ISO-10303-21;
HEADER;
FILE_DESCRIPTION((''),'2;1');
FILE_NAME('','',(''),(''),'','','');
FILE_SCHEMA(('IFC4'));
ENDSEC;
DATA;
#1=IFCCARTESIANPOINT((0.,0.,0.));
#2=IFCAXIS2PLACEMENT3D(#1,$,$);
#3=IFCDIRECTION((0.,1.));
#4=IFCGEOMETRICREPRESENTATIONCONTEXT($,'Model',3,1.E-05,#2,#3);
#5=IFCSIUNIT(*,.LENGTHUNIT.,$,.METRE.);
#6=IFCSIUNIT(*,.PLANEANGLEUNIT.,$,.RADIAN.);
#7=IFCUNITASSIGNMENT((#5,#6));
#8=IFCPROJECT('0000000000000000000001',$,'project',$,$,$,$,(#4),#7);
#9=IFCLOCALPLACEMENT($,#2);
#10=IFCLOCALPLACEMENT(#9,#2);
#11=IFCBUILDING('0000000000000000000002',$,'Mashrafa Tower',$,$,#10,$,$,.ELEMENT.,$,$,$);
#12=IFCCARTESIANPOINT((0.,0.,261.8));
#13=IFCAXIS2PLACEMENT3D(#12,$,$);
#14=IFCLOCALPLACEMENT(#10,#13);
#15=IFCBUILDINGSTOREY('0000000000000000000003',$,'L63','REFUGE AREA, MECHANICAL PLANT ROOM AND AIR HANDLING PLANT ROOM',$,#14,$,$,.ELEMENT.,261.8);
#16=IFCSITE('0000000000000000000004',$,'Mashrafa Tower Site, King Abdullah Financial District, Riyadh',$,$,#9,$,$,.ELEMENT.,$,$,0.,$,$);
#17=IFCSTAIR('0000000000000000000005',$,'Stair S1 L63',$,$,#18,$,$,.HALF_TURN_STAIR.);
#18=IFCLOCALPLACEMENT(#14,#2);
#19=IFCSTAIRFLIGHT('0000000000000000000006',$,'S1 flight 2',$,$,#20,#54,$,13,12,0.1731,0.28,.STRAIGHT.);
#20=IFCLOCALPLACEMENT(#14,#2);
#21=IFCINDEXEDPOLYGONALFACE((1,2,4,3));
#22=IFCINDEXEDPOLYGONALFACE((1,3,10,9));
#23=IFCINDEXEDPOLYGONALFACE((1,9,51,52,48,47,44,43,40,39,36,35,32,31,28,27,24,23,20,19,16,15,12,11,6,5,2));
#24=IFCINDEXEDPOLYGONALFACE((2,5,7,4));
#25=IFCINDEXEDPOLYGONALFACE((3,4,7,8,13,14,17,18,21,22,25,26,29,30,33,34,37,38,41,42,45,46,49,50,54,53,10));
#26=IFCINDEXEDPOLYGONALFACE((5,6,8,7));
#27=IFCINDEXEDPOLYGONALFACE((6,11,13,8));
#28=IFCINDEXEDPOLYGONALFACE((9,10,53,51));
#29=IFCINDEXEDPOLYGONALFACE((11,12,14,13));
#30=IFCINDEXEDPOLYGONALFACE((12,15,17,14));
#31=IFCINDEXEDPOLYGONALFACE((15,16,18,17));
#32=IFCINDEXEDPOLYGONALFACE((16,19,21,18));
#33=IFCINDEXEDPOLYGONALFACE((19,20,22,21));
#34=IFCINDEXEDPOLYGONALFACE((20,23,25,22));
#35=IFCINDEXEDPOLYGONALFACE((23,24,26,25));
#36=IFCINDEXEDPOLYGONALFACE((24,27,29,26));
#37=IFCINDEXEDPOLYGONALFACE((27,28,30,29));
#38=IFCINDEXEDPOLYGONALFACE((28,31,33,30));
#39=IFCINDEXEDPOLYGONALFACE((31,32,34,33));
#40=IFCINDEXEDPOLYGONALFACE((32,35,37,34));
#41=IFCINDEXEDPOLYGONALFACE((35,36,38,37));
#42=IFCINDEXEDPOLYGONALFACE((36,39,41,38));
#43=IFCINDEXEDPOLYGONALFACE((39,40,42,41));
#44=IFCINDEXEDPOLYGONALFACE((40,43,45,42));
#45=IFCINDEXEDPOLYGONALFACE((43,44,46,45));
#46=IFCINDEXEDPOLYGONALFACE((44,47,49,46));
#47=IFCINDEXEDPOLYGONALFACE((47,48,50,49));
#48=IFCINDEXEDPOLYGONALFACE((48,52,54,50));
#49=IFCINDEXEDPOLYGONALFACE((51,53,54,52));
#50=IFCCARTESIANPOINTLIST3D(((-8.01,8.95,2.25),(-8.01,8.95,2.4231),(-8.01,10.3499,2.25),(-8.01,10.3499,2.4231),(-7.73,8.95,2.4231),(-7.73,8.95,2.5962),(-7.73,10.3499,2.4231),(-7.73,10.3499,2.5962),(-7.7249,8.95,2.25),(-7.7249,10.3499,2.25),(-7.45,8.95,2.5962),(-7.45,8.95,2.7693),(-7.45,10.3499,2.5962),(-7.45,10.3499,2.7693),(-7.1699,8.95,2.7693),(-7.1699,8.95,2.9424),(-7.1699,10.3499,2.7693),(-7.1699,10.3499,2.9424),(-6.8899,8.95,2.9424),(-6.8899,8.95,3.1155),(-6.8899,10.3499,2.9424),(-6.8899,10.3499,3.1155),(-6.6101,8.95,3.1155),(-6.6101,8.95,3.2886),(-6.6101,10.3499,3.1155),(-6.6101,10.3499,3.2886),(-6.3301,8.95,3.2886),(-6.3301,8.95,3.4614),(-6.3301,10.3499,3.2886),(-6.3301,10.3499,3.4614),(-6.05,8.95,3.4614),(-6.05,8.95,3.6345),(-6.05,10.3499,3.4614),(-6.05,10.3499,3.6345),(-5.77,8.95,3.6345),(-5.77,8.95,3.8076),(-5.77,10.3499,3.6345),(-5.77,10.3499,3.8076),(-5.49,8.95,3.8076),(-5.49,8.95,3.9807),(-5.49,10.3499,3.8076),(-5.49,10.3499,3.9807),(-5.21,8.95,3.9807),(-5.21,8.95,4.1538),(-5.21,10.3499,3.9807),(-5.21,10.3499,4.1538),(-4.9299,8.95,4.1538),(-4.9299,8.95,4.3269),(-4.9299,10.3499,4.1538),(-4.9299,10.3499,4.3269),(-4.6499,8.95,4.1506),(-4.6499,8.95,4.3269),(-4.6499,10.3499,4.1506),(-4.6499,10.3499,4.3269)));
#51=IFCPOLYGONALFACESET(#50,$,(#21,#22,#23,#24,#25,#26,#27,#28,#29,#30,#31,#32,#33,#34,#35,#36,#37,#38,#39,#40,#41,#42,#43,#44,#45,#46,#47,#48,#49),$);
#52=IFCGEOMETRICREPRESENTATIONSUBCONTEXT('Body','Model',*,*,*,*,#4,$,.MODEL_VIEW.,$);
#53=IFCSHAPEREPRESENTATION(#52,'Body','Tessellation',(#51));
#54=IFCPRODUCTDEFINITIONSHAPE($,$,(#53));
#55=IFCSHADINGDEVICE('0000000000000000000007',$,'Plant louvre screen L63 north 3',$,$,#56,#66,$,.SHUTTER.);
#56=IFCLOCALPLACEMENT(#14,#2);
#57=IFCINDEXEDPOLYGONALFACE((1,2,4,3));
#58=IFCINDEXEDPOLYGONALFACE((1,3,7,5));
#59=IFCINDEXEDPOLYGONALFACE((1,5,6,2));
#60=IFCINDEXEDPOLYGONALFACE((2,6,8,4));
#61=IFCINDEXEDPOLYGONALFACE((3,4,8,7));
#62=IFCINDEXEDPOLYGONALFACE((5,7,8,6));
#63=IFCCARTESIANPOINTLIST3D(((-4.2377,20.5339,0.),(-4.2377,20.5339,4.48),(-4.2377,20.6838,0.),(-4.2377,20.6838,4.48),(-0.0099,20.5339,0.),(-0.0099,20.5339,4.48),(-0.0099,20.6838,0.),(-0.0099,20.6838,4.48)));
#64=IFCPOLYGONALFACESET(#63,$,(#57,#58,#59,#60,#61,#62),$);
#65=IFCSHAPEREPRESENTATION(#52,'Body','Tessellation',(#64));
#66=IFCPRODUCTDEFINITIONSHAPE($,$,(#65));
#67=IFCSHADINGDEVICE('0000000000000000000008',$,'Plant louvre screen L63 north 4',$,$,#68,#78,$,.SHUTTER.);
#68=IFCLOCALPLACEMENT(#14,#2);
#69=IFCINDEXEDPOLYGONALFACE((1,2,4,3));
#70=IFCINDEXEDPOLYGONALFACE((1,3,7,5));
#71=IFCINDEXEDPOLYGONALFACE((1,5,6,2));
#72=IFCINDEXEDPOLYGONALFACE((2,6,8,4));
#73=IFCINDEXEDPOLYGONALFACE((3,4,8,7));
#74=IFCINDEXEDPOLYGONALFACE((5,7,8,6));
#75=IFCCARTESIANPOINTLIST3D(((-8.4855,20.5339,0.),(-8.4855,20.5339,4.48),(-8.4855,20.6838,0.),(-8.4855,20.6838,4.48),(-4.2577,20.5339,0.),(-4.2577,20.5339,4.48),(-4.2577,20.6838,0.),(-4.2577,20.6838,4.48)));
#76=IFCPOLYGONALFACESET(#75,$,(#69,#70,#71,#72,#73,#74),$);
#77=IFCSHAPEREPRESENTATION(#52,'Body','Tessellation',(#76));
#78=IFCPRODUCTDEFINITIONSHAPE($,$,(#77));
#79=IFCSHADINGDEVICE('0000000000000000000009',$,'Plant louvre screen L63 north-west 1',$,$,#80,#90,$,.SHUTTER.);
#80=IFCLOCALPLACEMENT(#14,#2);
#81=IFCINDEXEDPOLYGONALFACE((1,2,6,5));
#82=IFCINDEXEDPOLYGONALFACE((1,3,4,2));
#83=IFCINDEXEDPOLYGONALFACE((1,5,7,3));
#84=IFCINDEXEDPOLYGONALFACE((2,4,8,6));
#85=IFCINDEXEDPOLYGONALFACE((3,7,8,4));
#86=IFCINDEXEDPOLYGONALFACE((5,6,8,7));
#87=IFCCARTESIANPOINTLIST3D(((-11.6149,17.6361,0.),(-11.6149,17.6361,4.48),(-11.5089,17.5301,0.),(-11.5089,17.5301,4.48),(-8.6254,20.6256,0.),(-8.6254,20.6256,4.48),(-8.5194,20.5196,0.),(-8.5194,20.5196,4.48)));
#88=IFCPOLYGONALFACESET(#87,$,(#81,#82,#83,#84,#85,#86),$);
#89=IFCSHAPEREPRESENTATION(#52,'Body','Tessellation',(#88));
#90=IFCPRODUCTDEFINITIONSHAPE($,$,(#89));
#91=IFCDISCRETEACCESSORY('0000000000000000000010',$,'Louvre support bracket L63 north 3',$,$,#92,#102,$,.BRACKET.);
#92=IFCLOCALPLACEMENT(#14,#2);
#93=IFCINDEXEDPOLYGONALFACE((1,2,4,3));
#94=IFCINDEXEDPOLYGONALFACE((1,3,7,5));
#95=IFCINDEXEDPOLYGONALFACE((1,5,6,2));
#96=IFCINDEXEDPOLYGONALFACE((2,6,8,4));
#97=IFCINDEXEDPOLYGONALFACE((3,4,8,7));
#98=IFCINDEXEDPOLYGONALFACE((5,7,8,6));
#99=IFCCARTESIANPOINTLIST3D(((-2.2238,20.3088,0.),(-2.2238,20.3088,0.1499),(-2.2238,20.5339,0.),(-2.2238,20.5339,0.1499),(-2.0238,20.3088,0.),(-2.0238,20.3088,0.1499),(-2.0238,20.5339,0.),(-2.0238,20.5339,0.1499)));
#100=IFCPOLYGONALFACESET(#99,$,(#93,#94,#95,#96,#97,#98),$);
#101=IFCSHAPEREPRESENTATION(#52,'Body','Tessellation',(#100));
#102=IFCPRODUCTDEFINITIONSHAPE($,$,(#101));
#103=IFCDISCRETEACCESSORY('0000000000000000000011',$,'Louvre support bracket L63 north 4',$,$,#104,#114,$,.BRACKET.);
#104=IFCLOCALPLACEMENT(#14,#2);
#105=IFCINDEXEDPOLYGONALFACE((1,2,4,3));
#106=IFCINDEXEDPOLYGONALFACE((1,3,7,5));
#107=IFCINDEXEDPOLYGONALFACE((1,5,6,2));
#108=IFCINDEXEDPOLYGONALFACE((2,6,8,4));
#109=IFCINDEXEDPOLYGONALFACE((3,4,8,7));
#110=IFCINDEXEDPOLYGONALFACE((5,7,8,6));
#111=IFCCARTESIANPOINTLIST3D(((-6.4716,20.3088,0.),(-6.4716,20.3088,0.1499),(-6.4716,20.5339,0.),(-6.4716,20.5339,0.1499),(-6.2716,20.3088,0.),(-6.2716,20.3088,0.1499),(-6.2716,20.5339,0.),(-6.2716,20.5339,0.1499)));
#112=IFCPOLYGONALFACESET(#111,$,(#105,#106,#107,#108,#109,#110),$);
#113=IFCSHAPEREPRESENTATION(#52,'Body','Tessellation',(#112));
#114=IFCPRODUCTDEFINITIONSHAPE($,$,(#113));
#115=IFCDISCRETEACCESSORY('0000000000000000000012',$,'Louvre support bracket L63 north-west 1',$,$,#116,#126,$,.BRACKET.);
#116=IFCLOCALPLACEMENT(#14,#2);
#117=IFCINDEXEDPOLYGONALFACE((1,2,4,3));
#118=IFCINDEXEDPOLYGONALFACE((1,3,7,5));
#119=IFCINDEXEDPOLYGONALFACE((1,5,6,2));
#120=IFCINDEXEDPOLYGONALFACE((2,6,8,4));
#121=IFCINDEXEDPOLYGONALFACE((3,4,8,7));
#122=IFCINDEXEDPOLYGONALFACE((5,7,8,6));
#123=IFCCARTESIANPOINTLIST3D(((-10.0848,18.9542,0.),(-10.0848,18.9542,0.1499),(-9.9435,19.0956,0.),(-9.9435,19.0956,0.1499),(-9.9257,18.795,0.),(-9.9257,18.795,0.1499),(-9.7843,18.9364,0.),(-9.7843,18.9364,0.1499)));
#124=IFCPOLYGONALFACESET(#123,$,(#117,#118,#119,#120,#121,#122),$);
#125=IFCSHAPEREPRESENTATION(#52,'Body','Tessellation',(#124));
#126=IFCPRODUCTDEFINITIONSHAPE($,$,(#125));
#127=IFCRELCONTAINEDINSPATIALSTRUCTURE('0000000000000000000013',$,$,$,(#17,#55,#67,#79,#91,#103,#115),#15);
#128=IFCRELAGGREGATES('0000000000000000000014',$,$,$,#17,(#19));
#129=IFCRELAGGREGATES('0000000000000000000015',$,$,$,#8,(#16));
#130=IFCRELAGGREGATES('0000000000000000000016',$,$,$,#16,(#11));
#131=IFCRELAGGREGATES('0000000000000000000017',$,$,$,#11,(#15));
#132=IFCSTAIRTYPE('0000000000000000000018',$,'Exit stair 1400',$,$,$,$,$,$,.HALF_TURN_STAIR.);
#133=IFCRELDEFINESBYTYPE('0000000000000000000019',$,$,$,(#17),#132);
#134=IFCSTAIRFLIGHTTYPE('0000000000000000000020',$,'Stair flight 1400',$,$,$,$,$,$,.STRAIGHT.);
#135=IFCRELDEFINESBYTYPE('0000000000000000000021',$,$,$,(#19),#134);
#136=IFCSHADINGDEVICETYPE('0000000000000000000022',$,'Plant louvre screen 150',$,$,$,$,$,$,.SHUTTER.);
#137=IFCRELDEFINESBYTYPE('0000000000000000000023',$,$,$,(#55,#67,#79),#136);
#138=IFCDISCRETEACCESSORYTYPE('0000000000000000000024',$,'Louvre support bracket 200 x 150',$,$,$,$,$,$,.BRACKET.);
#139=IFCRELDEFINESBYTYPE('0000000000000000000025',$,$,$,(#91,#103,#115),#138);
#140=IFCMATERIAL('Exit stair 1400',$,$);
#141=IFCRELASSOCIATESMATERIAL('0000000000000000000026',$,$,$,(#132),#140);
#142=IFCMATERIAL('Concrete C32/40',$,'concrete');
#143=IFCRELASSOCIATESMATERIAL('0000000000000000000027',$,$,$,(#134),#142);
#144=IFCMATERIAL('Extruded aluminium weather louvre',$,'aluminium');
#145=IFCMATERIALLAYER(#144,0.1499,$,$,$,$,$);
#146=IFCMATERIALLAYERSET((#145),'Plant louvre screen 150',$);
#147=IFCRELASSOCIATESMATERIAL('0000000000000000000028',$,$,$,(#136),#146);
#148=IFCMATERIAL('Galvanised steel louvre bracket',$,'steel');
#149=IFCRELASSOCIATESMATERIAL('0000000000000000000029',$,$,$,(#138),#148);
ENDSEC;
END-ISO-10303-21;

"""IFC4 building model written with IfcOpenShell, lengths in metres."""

from ifc_helpers import new_model, si_unit, direction, frame, origin, origin_2d, place, context, subcontext, project, spatial, polyline, rectangle, outline, extrude, source, transform, mapped, material, layer, layer_set, type_object, type_shapes, element, aggregate, save


model = new_model("IFC4")

# Units and contexts
model_context = context("Model", 3, precision=1e-05, world=origin(), true_north=direction((0.0, 1.0)))
body_context = subcontext(model_context, "Body", "Model", "MODEL_VIEW")
ifc_project = project(units=[si_unit("LENGTHUNIT", "METRE"), si_unit("PLANEANGLEUNIT", "RADIAN")], contexts=[model_context])

# Site, building, storey
site_placement = place(None, origin())
site = spatial("IfcSite", under=ifc_project, at=site_placement, Name="Mashrafa Tower Site, King Abdullah Financial District, Riyadh", CompositionType="ELEMENT", RefElevation=0.0)
building_placement = place(site_placement, origin())
building = spatial("IfcBuilding", under=site, at=building_placement, Name="Mashrafa Tower", CompositionType="ELEMENT")
storey_placement = place(building_placement, frame((0.0, 0.0, 261.8)))
storey = spatial("IfcBuildingStorey", under=building, at=storey_placement, Name="L63", Description="REFUGE AREA, MECHANICAL PLANT ROOM AND AIR HANDLING PLANT ROOM", CompositionType="ELEMENT", Elevation=261.8)

# Stair, stair flight
ifc_material_1 = material(Name="Exit stair 1400")
stair_type = type_object("IfcStairType", Name="Exit stair 1400", PredefinedType="HALF_TURN_STAIR", material=ifc_material_1)
stair_placement = place(storey_placement, origin())
stair = element("IfcStair", 1, at=stair_placement, inside=storey, type_object=stair_type, Name="Stair S1 L63", PredefinedType="HALF_TURN_STAIR")
ifc_material_2 = material(Name="Concrete C32/40", Category="concrete")
stair_flight_type = type_object("IfcStairFlightType", Name="Stair flight 1400", PredefinedType="STRAIGHT", material=ifc_material_2)
stair_flight_1_placement = place(storey_placement, frame((-8.01, 9.6499, 2.25), z_axis=(0.0, 0.0, 1.0), x_axis=(1.0, 0.0, 0.0)))
stair_flight_1 = element("IfcStairFlight", 2, at=stair_flight_1_placement, type_object=stair_flight_type, Name="S1 flight 2", NumberOfRisers=13, NumberOfTreads=12, PredefinedType="STRAIGHT", RiserHeight=0.1731, TreadLength=0.28, context=body_context, shape_type="SweptSolid", body=[
    extrude(outline(polyline([(0.0, 0.0), (0.0, 0.1731), (0.28, 0.1731), (0.28, 0.3462), (0.5601, 0.3462), (0.5601, 0.5193), (0.8401, 0.5193), (0.8401, 0.6924), (1.1201, 0.6924), (1.1201, 0.8655), (1.3999, 0.8655), (1.3999, 1.0386), (1.6799, 1.0386), (1.6799, 1.2114), (1.96, 1.2114), (1.96, 1.3845), (2.24, 1.3845), (2.24, 1.5576), (2.52, 1.5576), (2.52, 1.7307), (2.8, 1.7307), (2.8, 1.9038), (3.0801, 1.9038), (3.0801, 2.0769), (3.3601, 2.0769), (3.3601, 2.25), (3.3601, 1.9006), (0.2852, 0.0), (0.0, 0.0)])), frame((0.0, 0.7, 0.0), z_axis=(0.0, -1.0, 0.0), x_axis=(1.0, 0.0, 0.0)), (0.0, 0.0, 1.0), 1.3999),
])
aggregate(stair, [stair_flight_1])

# Shading devices
ifc_material_3 = material(Name="Extruded aluminium weather louvre", Category="aluminium")
ifc_layer_1 = layer(ifc_material_3, 0.1499)
ifc_layer_set_1 = layer_set([ifc_layer_1], Name="Plant louvre screen 150")
shading_device_type = type_object("IfcShadingDeviceType", Name="Plant louvre screen 150", PredefinedType="SHUTTER", material=ifc_layer_set_1)
shared_shape_1 = source(origin(), body_context, "Body", "SweptSolid", [
    extrude(rectangle(XDim=4.2278, YDim=0.1499, at=origin_2d()), origin(), (0.0, 0.0, 1.0), 4.48),
])
type_shapes(shading_device_type, [shared_shape_1])
for number, where, z_axis, x_axis, name in (
    (3, (-2.1238, 20.6089, 0.0), (0.0, 0.0, 1.0), (-1.0, 0.0, 0.0), "Plant louvre screen L63 north 3"),
    (4, (-6.3716, 20.6089, 0.0), (0.0, 0.0, 1.0), (-1.0, 0.0, 0.0), "Plant louvre screen L63 north 4"),
    (5, (-10.0671, 19.0779, 0.0), (0.0, 0.0, 1.0), (-0.707107, -0.707107, 0.0), "Plant louvre screen L63 north-west 1"),
):
    element("IfcShadingDevice", number, at=place(storey_placement, frame(where, z_axis=z_axis, x_axis=x_axis)), inside=storey, type_object=shading_device_type, Name=name, PredefinedType="SHUTTER", context=body_context, shape_type="MappedRepresentation", body=[
        mapped(shared_shape_1, transform((0.0, 0.0, 0.0))),
    ])

# Discrete accessories
ifc_material_4 = material(Name="Galvanised steel louvre bracket", Category="steel")
discrete_accessory_type = type_object("IfcDiscreteAccessoryType", Name="Louvre support bracket 200 x 150", PredefinedType="BRACKET", material=ifc_material_4)
shared_shape_2 = source(origin(), body_context, "Body", "SweptSolid", [
    extrude(rectangle(XDim=0.2, YDim=0.2251, at=origin_2d()), origin(), (0.0, 0.0, 1.0), 0.1499),
])
type_shapes(discrete_accessory_type, [shared_shape_2])
for number, where, z_axis, x_axis, name in (
    (6, (-2.1238, 20.4214, 0.0), (0.0, 0.0, 1.0), (-1.0, 0.0, 0.0), "Louvre support bracket L63 north 3"),
    (7, (-6.3716, 20.4214, 0.0), (0.0, 0.0, 1.0), (-1.0, 0.0, 0.0), "Louvre support bracket L63 north 4"),
    (8, (-9.9346, 18.9453, 0.0), (0.0, 0.0, 1.0), (-0.707107, -0.707107, 0.0), "Louvre support bracket L63 north-west 1"),
):
    element("IfcDiscreteAccessory", number, at=place(storey_placement, frame(where, z_axis=z_axis, x_axis=x_axis)), inside=storey, type_object=discrete_accessory_type, Name=name, PredefinedType="BRACKET", context=body_context, shape_type="MappedRepresentation", body=[
        mapped(shared_shape_2, transform((0.0, 0.0, 0.0))),
    ])

save(model, "model.ifc")
